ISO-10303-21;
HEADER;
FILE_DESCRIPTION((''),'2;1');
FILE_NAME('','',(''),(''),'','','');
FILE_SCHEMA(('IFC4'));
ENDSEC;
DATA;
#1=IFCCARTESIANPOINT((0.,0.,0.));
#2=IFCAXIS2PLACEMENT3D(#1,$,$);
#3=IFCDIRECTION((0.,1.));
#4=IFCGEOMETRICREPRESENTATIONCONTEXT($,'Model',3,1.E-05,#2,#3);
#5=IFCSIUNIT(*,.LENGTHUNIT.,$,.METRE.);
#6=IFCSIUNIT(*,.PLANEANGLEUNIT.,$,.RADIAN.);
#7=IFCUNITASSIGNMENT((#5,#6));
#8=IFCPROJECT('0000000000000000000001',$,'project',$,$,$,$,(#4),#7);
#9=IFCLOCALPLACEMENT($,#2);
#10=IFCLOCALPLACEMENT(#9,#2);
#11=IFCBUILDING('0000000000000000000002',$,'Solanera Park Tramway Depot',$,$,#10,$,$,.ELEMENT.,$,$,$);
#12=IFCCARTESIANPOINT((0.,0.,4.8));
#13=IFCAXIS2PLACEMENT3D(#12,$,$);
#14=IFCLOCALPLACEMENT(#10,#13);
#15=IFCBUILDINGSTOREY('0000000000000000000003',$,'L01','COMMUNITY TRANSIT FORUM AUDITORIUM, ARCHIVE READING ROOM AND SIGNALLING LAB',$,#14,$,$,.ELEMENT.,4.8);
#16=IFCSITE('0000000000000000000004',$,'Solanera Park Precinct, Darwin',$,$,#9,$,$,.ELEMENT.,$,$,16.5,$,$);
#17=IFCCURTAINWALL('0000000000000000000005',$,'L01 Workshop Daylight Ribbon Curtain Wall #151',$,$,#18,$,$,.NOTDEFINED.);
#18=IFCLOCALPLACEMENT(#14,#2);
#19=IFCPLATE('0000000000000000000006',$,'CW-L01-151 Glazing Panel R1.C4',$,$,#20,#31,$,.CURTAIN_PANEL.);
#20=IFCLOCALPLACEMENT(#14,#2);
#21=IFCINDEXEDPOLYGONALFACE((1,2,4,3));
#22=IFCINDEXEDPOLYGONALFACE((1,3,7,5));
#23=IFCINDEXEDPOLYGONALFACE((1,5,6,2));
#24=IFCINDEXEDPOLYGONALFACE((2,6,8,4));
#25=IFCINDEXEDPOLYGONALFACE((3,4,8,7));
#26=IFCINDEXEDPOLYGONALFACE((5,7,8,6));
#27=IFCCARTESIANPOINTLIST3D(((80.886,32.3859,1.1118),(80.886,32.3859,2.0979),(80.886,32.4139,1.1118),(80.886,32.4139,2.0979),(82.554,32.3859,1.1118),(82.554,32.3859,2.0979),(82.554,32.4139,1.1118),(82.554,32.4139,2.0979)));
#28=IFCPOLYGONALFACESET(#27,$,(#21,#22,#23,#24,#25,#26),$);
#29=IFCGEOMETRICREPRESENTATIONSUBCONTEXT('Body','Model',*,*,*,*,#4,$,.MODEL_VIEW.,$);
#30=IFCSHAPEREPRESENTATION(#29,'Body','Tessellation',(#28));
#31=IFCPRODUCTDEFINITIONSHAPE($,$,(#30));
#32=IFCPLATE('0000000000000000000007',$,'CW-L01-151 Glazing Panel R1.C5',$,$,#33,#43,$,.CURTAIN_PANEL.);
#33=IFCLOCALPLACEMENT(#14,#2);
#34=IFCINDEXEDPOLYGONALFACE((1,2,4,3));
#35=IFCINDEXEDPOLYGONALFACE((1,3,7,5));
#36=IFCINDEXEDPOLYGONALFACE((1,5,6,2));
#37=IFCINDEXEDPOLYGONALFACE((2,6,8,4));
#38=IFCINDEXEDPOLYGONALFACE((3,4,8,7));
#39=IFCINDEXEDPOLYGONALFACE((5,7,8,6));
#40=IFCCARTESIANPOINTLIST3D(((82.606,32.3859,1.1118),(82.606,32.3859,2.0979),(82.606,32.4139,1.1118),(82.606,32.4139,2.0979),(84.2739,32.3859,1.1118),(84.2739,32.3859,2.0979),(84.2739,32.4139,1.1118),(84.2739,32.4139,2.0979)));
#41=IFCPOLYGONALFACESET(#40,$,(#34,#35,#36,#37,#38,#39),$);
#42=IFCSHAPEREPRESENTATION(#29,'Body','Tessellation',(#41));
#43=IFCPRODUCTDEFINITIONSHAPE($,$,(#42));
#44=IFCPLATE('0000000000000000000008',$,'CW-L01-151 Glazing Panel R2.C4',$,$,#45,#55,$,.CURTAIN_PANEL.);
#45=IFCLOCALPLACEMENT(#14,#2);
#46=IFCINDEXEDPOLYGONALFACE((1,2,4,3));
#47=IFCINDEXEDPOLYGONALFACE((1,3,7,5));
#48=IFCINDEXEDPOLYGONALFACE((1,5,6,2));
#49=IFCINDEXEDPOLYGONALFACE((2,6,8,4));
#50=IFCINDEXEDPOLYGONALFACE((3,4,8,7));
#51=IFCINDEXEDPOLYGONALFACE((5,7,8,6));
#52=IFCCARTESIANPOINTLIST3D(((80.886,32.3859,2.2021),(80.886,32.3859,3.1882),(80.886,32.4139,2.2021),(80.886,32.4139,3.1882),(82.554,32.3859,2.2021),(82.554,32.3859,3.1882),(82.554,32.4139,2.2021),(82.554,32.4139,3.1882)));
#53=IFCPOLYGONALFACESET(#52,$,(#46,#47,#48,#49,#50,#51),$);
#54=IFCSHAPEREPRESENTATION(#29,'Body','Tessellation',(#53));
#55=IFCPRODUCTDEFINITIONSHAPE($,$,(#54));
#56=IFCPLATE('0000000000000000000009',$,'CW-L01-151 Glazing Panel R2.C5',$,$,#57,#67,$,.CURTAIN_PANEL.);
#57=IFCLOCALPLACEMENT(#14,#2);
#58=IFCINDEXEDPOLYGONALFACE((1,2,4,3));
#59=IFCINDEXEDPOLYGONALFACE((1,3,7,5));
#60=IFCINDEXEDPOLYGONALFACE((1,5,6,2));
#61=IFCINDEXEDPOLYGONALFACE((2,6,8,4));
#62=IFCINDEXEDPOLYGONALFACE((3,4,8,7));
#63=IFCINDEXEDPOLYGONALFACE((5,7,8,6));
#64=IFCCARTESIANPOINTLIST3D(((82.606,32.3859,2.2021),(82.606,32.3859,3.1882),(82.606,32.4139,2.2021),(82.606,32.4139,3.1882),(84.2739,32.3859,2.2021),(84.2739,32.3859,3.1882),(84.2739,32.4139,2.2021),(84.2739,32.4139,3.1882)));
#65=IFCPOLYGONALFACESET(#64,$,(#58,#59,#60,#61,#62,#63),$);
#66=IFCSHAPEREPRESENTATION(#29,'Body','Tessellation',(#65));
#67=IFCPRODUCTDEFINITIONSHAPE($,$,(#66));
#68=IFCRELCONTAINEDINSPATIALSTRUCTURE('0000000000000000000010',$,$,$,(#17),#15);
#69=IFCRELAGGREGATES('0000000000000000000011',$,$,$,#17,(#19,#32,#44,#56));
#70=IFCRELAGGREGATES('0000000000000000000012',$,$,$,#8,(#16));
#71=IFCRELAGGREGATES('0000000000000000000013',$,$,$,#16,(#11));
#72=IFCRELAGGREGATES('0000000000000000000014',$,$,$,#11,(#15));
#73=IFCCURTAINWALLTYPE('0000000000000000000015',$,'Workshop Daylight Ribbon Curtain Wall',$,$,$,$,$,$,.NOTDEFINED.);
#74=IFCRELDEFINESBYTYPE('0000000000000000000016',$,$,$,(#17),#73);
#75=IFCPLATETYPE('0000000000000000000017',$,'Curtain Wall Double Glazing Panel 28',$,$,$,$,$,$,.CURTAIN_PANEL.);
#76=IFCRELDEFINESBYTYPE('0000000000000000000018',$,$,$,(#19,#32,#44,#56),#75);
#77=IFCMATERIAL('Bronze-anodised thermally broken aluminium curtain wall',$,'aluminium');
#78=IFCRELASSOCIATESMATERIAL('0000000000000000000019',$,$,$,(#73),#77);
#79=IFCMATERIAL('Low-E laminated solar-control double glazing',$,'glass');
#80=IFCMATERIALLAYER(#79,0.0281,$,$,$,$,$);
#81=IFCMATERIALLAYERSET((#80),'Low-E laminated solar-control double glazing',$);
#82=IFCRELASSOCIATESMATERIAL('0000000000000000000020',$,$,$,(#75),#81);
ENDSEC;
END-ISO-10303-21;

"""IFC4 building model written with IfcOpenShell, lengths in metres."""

from ifc_helpers import new_model, si_unit, direction, frame, origin, origin_2d, place, context, subcontext, project, spatial, rectangle, extrude, material, layer, layer_set, type_object, element, aggregate, save


model = new_model("IFC4")

# Units and contexts
model_context = context("Model", 3, precision=1e-05, world=origin(), true_north=direction((0.0, 1.0)))
body_context = subcontext(model_context, "Body", "Model", "MODEL_VIEW")
ifc_project = project(units=[si_unit("LENGTHUNIT", "METRE"), si_unit("PLANEANGLEUNIT", "RADIAN")], contexts=[model_context])

# Site, building, storey
site_placement = place(None, origin())
site = spatial("IfcSite", under=ifc_project, at=site_placement, Name="Solanera Park Precinct, Darwin", CompositionType="ELEMENT", RefElevation=16.5)
building_placement = place(site_placement, origin())
building = spatial("IfcBuilding", under=site, at=building_placement, Name="Solanera Park Tramway Depot", CompositionType="ELEMENT")
storey_placement = place(building_placement, frame((0.0, 0.0, 4.8)))
storey = spatial("IfcBuildingStorey", under=building, at=storey_placement, Name="L01", Description="COMMUNITY TRANSIT FORUM AUDITORIUM, ARCHIVE READING ROOM AND SIGNALLING LAB", CompositionType="ELEMENT", Elevation=4.8)

# Curtain wall
ifc_material_1 = material(Name="Bronze-anodised thermally broken aluminium curtain wall", Category="aluminium")
curtain_wall_type = type_object("IfcCurtainWallType", Name="Workshop Daylight Ribbon Curtain Wall", PredefinedType="NOTDEFINED", material=ifc_material_1)
curtain_wall_1_placement = place(storey_placement, origin())
curtain_wall_1 = element("IfcCurtainWall", 1, at=curtain_wall_1_placement, inside=storey, type_object=curtain_wall_type, Name="L01 Workshop Daylight Ribbon Curtain Wall #151", PredefinedType="NOTDEFINED")

# Plates
ifc_material_2 = material(Name="Low-E laminated solar-control double glazing", Category="glass")
ifc_layer = layer(ifc_material_2, 0.0281)
ifc_layer_set = layer_set([ifc_layer], Name="Low-E laminated solar-control double glazing")
plate_type = type_object("IfcPlateType", Name="Curtain Wall Double Glazing Panel 28", PredefinedType="CURTAIN_PANEL", material=ifc_layer_set)
plate_1_placement = place(storey_placement, frame((81.72, 32.3999, 1.1118), z_axis=(0.0, 0.0, 1.0), x_axis=(1.0, 0.0, 0.0)))
plate_1 = element("IfcPlate", 2, at=plate_1_placement, type_object=plate_type, Name="CW-L01-151 Glazing Panel R1.C4", PredefinedType="CURTAIN_PANEL", context=body_context, shape_type="SweptSolid", body=[
    extrude(rectangle(XDim=1.668, YDim=0.0281, at=origin_2d()), origin(), (0.0, 0.0, 1.0), 0.9861),
])
plate_2_placement = place(storey_placement, frame((83.4399, 32.3999, 1.1118), z_axis=(0.0, 0.0, 1.0), x_axis=(1.0, 0.0, 0.0)))
plate_2 = element("IfcPlate", 3, at=plate_2_placement, type_object=plate_type, Name="CW-L01-151 Glazing Panel R1.C5", PredefinedType="CURTAIN_PANEL", context=body_context, shape_type="SweptSolid", body=[
    extrude(rectangle(XDim=1.668, YDim=0.0281, at=origin_2d()), origin(), (0.0, 0.0, 1.0), 0.9861),
])
plate_3_placement = place(storey_placement, frame((81.72, 32.3999, 2.2021), z_axis=(0.0, 0.0, 1.0), x_axis=(1.0, 0.0, 0.0)))
plate_3 = element("IfcPlate", 4, at=plate_3_placement, type_object=plate_type, Name="CW-L01-151 Glazing Panel R2.C4", PredefinedType="CURTAIN_PANEL", context=body_context, shape_type="SweptSolid", body=[
    extrude(rectangle(XDim=1.668, YDim=0.0281, at=origin_2d()), origin(), (0.0, 0.0, 1.0), 0.9861),
])
plate_4_placement = place(storey_placement, frame((83.4399, 32.3999, 2.2021), z_axis=(0.0, 0.0, 1.0), x_axis=(1.0, 0.0, 0.0)))
plate_4 = element("IfcPlate", 5, at=plate_4_placement, type_object=plate_type, Name="CW-L01-151 Glazing Panel R2.C5", PredefinedType="CURTAIN_PANEL", context=body_context, shape_type="SweptSolid", body=[
    extrude(rectangle(XDim=1.668, YDim=0.0281, at=origin_2d()), origin(), (0.0, 0.0, 1.0), 0.9861),
])
aggregate(curtain_wall_1, [plate_1, plate_2, plate_3, plate_4])

save(model, "model.ifc")
